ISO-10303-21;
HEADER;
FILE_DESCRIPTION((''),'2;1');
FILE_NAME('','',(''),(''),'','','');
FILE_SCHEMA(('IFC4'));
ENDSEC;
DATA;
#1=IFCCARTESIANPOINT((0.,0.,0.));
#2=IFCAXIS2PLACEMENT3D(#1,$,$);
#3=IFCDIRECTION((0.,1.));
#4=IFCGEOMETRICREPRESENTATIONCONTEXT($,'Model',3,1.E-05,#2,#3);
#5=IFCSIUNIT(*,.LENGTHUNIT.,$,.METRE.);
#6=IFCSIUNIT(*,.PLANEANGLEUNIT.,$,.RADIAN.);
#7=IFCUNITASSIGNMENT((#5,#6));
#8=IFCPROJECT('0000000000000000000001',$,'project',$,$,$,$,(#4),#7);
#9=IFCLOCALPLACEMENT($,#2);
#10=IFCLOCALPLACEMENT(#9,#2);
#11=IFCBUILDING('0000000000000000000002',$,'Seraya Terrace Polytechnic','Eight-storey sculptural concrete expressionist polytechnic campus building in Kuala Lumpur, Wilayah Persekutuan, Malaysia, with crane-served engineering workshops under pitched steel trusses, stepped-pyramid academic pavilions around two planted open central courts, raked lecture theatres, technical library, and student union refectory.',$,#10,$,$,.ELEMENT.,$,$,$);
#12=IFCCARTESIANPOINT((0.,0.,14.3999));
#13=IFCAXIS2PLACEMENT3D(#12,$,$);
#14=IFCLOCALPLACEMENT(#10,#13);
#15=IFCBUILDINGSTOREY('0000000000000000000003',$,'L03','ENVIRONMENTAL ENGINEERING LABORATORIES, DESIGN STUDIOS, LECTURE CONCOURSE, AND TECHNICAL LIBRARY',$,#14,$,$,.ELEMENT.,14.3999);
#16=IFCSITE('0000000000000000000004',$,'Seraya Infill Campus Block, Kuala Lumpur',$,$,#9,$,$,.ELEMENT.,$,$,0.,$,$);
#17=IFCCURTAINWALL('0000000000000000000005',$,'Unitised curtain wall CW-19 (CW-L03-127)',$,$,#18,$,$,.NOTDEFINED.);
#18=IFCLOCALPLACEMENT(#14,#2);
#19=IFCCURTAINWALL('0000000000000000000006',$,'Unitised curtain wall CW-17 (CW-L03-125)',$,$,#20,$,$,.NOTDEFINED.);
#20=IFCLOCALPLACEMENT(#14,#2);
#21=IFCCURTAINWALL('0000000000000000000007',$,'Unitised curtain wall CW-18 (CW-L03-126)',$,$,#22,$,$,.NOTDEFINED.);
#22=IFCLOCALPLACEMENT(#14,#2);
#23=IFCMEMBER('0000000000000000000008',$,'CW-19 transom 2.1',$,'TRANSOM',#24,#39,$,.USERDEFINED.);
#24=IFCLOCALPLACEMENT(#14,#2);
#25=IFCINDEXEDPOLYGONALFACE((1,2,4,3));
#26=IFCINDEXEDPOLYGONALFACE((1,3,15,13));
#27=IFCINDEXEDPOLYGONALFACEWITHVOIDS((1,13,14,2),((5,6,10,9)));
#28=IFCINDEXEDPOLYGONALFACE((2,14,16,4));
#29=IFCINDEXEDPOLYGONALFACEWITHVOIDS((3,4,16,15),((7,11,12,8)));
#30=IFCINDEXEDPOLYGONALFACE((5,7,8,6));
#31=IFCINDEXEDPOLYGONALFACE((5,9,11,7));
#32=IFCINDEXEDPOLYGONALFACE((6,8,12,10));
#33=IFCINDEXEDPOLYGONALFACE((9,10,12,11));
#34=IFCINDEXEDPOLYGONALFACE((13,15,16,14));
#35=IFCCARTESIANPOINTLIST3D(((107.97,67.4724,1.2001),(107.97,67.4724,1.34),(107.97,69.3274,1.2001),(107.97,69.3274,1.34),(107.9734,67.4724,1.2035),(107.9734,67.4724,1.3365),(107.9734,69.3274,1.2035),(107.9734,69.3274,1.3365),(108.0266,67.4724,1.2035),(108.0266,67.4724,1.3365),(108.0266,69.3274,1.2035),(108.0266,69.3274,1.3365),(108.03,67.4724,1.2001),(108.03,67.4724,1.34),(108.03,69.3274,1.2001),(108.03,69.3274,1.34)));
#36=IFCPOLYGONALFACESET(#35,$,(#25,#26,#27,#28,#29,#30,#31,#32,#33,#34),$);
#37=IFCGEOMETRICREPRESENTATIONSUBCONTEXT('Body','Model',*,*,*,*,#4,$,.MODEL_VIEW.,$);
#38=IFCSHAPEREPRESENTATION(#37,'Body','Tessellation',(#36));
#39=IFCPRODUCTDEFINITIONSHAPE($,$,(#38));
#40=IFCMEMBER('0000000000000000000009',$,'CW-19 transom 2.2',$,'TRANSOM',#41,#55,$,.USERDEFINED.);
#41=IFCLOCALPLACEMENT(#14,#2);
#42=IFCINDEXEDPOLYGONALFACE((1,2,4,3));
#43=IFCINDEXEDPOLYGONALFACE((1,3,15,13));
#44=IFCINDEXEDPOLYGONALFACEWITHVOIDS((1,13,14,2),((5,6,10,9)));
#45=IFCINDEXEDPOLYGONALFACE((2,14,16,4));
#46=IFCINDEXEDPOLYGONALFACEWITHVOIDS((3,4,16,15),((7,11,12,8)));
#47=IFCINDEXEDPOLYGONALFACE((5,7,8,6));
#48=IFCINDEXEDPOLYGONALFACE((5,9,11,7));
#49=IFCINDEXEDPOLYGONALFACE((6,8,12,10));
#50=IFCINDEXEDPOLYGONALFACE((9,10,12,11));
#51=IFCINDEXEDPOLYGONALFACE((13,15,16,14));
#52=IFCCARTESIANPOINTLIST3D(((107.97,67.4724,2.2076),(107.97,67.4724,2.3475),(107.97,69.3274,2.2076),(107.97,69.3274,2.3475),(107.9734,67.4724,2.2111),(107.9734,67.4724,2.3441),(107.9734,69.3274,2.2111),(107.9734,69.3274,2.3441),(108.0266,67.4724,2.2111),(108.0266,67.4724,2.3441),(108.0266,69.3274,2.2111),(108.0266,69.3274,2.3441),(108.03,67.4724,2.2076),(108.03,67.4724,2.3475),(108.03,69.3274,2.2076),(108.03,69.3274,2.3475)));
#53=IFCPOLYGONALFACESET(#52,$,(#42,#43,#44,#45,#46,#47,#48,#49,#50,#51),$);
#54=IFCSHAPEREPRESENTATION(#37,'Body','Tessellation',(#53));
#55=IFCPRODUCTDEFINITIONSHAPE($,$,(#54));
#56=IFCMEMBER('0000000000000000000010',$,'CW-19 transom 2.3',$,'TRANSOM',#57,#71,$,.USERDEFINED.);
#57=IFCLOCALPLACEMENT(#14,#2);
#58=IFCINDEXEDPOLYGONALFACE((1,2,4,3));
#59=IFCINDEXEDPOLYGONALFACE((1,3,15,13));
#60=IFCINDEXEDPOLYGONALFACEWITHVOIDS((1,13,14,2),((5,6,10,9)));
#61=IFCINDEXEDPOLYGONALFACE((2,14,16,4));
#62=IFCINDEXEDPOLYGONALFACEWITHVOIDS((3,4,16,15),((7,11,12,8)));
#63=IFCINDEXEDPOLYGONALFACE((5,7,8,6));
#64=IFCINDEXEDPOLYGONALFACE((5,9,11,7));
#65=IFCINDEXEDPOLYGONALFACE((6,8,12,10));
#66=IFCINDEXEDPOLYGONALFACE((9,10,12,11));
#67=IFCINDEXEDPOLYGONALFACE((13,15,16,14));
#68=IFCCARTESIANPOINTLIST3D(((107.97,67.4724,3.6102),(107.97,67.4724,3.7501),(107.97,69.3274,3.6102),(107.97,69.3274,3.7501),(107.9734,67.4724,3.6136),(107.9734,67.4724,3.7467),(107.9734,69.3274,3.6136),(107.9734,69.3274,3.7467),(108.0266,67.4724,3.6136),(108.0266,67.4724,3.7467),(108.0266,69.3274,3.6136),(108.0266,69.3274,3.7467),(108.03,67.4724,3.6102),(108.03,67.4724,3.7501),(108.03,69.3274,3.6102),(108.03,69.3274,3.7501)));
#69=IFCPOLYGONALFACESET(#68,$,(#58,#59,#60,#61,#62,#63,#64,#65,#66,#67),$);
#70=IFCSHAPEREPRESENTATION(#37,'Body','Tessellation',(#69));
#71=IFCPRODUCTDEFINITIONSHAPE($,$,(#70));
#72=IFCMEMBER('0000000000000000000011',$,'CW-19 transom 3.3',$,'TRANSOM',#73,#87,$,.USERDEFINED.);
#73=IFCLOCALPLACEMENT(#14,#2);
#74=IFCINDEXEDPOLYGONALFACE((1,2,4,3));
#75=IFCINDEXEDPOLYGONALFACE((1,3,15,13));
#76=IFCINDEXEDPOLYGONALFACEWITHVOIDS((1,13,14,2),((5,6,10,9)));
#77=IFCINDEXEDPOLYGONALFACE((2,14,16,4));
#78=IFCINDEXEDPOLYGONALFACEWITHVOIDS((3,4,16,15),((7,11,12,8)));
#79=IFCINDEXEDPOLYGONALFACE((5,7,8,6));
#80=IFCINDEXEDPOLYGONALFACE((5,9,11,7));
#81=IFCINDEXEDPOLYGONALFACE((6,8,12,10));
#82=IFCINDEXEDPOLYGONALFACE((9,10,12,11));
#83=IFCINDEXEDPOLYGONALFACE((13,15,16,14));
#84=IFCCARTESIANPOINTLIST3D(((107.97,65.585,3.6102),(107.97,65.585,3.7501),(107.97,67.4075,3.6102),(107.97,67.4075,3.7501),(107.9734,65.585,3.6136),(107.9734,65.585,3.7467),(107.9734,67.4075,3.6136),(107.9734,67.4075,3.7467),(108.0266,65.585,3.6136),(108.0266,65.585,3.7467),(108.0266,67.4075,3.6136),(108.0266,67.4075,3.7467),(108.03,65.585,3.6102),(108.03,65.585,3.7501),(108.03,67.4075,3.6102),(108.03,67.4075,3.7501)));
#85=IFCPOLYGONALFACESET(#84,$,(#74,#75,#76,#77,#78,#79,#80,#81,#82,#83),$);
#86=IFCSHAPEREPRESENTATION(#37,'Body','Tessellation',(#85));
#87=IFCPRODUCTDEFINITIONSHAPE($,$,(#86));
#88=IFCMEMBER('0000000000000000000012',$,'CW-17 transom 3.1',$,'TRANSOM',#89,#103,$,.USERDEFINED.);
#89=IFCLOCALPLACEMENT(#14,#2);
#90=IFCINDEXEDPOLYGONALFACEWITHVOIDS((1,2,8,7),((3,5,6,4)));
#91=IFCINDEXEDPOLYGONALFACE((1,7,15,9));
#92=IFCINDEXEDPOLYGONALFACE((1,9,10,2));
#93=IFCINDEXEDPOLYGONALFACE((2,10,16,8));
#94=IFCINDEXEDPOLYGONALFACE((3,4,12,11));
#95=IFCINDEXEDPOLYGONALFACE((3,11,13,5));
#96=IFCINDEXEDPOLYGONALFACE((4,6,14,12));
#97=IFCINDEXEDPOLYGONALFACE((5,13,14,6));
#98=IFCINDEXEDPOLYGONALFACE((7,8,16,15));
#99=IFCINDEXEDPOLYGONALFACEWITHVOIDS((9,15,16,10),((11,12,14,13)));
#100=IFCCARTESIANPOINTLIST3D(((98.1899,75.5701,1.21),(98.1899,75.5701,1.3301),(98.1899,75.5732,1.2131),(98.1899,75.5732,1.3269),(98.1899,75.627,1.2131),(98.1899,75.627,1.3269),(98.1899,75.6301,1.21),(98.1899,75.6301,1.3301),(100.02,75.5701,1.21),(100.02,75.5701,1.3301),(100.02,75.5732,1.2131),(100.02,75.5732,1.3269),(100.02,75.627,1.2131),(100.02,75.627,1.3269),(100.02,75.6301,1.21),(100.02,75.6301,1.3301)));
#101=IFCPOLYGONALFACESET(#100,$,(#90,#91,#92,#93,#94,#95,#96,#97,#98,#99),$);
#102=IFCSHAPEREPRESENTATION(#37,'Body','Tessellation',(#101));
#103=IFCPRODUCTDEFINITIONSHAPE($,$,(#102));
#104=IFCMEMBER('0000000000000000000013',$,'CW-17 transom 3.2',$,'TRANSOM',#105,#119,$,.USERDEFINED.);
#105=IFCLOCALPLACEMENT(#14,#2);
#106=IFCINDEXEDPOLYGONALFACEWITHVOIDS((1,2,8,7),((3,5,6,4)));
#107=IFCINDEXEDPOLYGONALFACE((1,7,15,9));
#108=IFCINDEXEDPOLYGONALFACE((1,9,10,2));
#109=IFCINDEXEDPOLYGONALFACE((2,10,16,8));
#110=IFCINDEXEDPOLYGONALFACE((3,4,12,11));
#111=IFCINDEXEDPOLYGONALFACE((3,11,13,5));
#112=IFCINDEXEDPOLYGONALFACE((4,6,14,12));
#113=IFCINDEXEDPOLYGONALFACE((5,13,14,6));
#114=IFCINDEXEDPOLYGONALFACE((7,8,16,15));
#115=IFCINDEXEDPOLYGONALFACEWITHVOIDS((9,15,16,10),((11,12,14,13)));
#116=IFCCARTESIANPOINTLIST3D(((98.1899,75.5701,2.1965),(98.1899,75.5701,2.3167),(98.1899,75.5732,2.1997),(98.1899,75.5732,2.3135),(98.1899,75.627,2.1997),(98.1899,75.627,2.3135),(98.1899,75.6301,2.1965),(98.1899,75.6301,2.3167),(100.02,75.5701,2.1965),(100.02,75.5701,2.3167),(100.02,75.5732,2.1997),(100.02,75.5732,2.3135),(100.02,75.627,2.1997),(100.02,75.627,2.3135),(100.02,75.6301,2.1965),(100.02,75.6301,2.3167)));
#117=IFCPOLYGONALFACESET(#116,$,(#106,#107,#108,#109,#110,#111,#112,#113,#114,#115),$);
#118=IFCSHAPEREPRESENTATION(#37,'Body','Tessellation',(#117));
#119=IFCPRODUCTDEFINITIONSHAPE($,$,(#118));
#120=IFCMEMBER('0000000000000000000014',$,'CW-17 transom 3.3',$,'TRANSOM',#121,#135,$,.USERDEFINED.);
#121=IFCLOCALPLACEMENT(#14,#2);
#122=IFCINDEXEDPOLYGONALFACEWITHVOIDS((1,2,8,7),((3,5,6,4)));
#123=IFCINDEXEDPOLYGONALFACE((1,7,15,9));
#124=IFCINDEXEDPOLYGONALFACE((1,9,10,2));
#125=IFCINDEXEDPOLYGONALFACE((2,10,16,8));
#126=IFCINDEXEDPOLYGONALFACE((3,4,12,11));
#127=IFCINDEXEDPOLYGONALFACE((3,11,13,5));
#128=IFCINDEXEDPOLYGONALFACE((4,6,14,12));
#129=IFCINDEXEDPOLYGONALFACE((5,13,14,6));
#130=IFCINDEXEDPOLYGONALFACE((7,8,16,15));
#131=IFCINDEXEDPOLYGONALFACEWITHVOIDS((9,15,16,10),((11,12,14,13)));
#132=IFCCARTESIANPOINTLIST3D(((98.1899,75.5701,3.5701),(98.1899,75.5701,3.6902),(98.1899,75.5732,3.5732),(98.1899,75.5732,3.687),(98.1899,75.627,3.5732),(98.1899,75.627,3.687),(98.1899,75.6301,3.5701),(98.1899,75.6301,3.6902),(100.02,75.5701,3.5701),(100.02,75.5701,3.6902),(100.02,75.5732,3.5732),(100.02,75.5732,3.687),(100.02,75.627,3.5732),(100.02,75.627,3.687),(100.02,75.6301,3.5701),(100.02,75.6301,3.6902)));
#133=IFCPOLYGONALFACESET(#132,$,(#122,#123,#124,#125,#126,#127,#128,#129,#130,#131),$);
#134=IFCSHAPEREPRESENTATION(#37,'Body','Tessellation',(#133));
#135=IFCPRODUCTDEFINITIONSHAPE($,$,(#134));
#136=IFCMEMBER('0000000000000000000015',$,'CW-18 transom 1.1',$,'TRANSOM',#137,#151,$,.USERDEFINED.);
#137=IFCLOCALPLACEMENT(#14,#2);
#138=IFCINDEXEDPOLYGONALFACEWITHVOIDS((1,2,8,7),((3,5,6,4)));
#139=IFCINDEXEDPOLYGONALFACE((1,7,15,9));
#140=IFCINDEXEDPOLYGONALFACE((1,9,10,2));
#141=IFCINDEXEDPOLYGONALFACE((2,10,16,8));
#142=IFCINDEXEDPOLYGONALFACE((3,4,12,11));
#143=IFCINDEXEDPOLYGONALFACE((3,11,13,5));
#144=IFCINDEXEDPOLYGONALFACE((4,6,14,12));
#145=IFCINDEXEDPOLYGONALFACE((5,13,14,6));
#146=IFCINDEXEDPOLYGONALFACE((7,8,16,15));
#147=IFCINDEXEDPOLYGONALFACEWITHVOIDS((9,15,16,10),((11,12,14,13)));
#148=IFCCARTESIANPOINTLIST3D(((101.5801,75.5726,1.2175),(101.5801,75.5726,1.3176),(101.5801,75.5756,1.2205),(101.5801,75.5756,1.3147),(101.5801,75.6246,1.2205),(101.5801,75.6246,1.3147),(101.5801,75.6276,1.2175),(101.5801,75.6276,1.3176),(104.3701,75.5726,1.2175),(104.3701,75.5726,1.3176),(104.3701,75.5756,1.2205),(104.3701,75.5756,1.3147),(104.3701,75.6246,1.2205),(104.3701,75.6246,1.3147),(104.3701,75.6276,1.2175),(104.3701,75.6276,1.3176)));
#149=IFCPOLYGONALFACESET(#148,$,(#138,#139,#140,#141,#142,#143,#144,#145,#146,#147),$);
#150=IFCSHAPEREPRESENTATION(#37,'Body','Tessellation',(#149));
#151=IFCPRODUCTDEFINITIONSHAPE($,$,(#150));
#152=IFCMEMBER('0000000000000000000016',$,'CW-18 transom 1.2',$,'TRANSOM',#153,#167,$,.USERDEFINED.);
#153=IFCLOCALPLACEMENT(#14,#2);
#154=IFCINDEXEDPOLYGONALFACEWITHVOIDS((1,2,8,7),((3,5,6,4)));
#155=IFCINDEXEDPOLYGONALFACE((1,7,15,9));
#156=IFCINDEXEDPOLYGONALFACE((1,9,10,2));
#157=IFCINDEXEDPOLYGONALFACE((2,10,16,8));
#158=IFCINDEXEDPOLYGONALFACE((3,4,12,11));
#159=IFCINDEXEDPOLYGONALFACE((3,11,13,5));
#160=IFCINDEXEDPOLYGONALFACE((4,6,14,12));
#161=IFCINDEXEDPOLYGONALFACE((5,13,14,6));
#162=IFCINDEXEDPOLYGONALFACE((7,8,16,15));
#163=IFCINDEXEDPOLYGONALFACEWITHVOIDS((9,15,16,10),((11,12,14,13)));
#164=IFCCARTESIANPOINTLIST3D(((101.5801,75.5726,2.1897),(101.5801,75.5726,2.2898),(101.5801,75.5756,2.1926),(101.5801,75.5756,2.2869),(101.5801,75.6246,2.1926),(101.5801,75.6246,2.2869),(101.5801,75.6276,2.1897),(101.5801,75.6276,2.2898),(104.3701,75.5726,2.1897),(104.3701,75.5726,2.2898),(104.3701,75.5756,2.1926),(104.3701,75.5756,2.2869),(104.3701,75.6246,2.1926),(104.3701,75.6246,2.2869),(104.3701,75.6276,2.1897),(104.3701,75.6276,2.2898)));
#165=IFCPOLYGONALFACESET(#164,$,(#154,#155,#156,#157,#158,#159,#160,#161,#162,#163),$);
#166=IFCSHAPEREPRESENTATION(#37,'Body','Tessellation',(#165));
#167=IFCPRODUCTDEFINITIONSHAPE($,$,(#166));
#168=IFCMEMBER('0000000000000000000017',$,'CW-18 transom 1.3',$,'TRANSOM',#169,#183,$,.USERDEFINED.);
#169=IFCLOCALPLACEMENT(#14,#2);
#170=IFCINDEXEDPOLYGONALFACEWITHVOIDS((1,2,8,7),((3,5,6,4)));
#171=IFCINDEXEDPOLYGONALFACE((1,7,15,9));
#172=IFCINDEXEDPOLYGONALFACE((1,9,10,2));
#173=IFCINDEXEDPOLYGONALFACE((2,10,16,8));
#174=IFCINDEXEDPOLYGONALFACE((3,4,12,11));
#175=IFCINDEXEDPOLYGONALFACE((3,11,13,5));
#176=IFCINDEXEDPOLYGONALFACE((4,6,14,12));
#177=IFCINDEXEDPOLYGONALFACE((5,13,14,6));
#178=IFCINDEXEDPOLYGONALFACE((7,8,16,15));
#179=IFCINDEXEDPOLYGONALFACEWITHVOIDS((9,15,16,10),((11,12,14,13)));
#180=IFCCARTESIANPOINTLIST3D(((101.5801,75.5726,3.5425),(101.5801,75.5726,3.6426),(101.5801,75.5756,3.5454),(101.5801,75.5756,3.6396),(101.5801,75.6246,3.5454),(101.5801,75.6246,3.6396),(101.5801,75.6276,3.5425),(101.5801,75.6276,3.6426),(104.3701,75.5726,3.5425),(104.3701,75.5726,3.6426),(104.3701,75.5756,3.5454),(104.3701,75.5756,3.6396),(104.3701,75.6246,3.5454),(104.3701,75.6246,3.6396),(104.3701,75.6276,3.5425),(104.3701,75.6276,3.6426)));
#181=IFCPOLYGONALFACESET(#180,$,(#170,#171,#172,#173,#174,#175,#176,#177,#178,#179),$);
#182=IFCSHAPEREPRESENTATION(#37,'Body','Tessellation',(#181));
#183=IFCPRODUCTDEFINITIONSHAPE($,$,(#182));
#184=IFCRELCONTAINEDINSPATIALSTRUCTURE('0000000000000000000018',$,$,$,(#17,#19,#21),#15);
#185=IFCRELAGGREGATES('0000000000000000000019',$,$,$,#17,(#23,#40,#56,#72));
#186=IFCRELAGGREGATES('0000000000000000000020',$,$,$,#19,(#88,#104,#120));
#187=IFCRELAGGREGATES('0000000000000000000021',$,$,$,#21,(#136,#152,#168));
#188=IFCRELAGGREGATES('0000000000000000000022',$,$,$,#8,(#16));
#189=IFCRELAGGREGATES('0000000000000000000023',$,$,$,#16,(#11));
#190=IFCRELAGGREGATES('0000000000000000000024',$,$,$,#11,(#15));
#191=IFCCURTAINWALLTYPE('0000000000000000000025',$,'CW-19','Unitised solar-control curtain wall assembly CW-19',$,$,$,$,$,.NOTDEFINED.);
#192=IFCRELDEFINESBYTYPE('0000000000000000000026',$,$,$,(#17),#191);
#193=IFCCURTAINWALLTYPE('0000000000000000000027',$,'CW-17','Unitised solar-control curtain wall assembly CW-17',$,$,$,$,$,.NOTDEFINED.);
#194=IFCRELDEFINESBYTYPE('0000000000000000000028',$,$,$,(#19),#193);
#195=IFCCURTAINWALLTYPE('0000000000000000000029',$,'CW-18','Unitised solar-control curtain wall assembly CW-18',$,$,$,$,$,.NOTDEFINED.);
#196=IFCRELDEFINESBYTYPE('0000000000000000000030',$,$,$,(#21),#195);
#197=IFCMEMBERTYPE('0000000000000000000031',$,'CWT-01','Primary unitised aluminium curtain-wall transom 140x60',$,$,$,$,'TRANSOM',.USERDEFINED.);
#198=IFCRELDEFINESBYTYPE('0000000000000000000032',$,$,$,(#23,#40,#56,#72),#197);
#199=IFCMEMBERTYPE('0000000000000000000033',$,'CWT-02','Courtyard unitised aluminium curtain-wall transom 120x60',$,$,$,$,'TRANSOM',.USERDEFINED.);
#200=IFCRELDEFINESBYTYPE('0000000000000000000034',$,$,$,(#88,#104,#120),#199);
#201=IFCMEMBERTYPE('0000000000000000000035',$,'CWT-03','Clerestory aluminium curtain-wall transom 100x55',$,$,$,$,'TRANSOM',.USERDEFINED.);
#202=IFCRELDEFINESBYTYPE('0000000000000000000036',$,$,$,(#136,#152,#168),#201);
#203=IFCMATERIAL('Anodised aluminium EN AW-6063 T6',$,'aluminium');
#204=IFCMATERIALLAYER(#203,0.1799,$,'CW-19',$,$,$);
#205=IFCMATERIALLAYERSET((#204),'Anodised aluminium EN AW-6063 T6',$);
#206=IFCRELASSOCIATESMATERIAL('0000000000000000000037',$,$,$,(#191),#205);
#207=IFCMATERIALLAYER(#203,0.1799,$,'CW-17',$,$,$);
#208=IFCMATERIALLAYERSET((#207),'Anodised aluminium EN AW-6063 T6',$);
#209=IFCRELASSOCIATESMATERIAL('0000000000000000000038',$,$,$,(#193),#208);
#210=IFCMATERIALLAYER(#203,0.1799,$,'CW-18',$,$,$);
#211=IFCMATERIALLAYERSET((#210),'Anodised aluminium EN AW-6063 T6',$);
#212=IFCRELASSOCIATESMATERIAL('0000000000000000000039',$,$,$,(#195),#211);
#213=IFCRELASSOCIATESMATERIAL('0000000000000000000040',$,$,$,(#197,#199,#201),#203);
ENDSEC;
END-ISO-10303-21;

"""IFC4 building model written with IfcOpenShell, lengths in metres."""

from ifc_helpers import new_model, si_unit, direction, frame, origin, origin_2d, place, context, subcontext, project, spatial, hollow_rectangle, extrude, material, layer, layer_set, material_profile, profile_set, type_object, element, aggregate, save


model = new_model("IFC4")

# Units and contexts
model_context = context("Model", 3, precision=1e-05, world=origin(), true_north=direction((0.0, 1.0)))
body_context = subcontext(model_context, "Body", "Model", "MODEL_VIEW")
ifc_project = project(units=[si_unit("LENGTHUNIT", "METRE"), si_unit("PLANEANGLEUNIT", "RADIAN")], contexts=[model_context])

# Site, building, storey
site_placement = place(None, origin())
site = spatial("IfcSite", under=ifc_project, at=site_placement, Name="Seraya Infill Campus Block, Kuala Lumpur", CompositionType="ELEMENT", RefElevation=0.0)
building_placement = place(site_placement, origin())
building = spatial("IfcBuilding", under=site, at=building_placement, Name="Seraya Terrace Polytechnic", Description="Eight-storey sculptural concrete expressionist polytechnic campus building in Kuala Lumpur, Wilayah Persekutuan, Malaysia, with crane-served engineering workshops under pitched steel trusses, stepped-pyramid academic pavilions around two planted open central courts, raked lecture theatres, technical library, and student union refectory.", CompositionType="ELEMENT")
storey_placement = place(building_placement, frame((0.0, 0.0, 14.3999)))
storey = spatial("IfcBuildingStorey", under=building, at=storey_placement, Name="L03", Description="ENVIRONMENTAL ENGINEERING LABORATORIES, DESIGN STUDIOS, LECTURE CONCOURSE, AND TECHNICAL LIBRARY", CompositionType="ELEMENT", Elevation=14.3999)

# Curtain wall
ifc_material_1 = material(Name="Anodised aluminium EN AW-6063 T6", Category="aluminium")
ifc_layer_1 = layer(ifc_material_1, 0.1799, Name="CW-19")
ifc_layer_set_1 = layer_set([ifc_layer_1], Name="Anodised aluminium EN AW-6063 T6")
curtain_wall_type_1 = type_object("IfcCurtainWallType", Name="CW-19", Description="Unitised solar-control curtain wall assembly CW-19", PredefinedType="NOTDEFINED", material=ifc_layer_set_1)
curtain_wall_1_placement = place(storey_placement, origin())
curtain_wall_1 = element("IfcCurtainWall", 1, at=curtain_wall_1_placement, inside=storey, type_object=curtain_wall_type_1, Name="Unitised curtain wall CW-19 (CW-L03-127)", PredefinedType="NOTDEFINED")

# Curtain wall
ifc_layer_2 = layer(ifc_material_1, 0.1799, Name="CW-17")
ifc_layer_set_2 = layer_set([ifc_layer_2], Name="Anodised aluminium EN AW-6063 T6")
curtain_wall_type_2 = type_object("IfcCurtainWallType", Name="CW-17", Description="Unitised solar-control curtain wall assembly CW-17", PredefinedType="NOTDEFINED", material=ifc_layer_set_2)
curtain_wall_2_placement = place(storey_placement, origin())
curtain_wall_2 = element("IfcCurtainWall", 2, at=curtain_wall_2_placement, inside=storey, type_object=curtain_wall_type_2, Name="Unitised curtain wall CW-17 (CW-L03-125)", PredefinedType="NOTDEFINED")

# Curtain wall
ifc_layer_3 = layer(ifc_material_1, 0.1799, Name="CW-18")
ifc_layer_set_3 = layer_set([ifc_layer_3], Name="Anodised aluminium EN AW-6063 T6")
curtain_wall_type_3 = type_object("IfcCurtainWallType", Name="CW-18", Description="Unitised solar-control curtain wall assembly CW-18", PredefinedType="NOTDEFINED", material=ifc_layer_set_3)
curtain_wall_3_placement = place(storey_placement, origin())
curtain_wall_3 = element("IfcCurtainWall", 3, at=curtain_wall_3_placement, inside=storey, type_object=curtain_wall_type_3, Name="Unitised curtain wall CW-18 (CW-L03-126)", PredefinedType="NOTDEFINED")

# Members
ifc_material_profile_1 = material_profile(ifc_material_1, hollow_rectangle(XDim=0.0601, YDim=0.1399, WallThickness=0.0034, at=origin_2d()), Name="RHS 140x60x3.5")
ifc_profile_set_1 = profile_set([ifc_material_profile_1], Name="Anodised aluminium EN AW-6063 T6")
member_type_1 = type_object("IfcMemberType", Name="CWT-01", Description="Primary unitised aluminium curtain-wall transom 140x60", ElementType="TRANSOM", PredefinedType="USERDEFINED", material=ifc_profile_set_1)
member_1_placement = place(storey_placement, frame((108.0, 69.3274, 1.27), z_axis=(0.0, -1.0, 0.0), x_axis=(1.0, 0.0, 0.0)))
member_1 = element("IfcMember", 4, at=member_1_placement, type_object=member_type_1, Name="CW-19 transom 2.1", ObjectType="TRANSOM", PredefinedType="USERDEFINED", context=body_context, shape_type="SweptSolid", body=[
    extrude(hollow_rectangle(XDim=0.0601, YDim=0.1399, WallThickness=0.0034, at=origin_2d()), origin(), (0.0, 0.0, 1.0), 1.855),
])
member_2_placement = place(storey_placement, frame((108.0, 69.3274, 2.2776), z_axis=(0.0, -1.0, 0.0), x_axis=(1.0, 0.0, 0.0)))
member_2 = element("IfcMember", 5, at=member_2_placement, type_object=member_type_1, Name="CW-19 transom 2.2", ObjectType="TRANSOM", PredefinedType="USERDEFINED", context=body_context, shape_type="SweptSolid", body=[
    extrude(hollow_rectangle(XDim=0.0601, YDim=0.1399, WallThickness=0.0034, at=origin_2d()), origin(), (0.0, 0.0, 1.0), 1.855),
])
member_3_placement = place(storey_placement, frame((108.0, 69.3274, 3.6802), z_axis=(0.0, -1.0, 0.0), x_axis=(1.0, 0.0, 0.0)))
member_3 = element("IfcMember", 6, at=member_3_placement, type_object=member_type_1, Name="CW-19 transom 2.3", ObjectType="TRANSOM", PredefinedType="USERDEFINED", context=body_context, shape_type="SweptSolid", body=[
    extrude(hollow_rectangle(XDim=0.0601, YDim=0.1399, WallThickness=0.0034, at=origin_2d()), origin(), (0.0, 0.0, 1.0), 1.855),
])
member_4_placement = place(storey_placement, frame((108.0, 67.4075, 3.6802), z_axis=(0.0, -1.0, 0.0), x_axis=(1.0, 0.0, 0.0)))
member_4 = element("IfcMember", 7, at=member_4_placement, type_object=member_type_1, Name="CW-19 transom 3.3", ObjectType="TRANSOM", PredefinedType="USERDEFINED", context=body_context, shape_type="SweptSolid", body=[
    extrude(hollow_rectangle(XDim=0.0601, YDim=0.1399, WallThickness=0.0034, at=origin_2d()), origin(), (0.0, 0.0, 1.0), 1.8225),
])
ifc_material_profile_2 = material_profile(ifc_material_1, hollow_rectangle(XDim=0.0601, YDim=0.1201, WallThickness=0.0032, at=origin_2d()), Name="RHS 120x60x3.2")
ifc_profile_set_2 = profile_set([ifc_material_profile_2], Name="Anodised aluminium EN AW-6063 T6")
member_type_2 = type_object("IfcMemberType", Name="CWT-02", Description="Courtyard unitised aluminium curtain-wall transom 120x60", ElementType="TRANSOM", PredefinedType="USERDEFINED", material=ifc_profile_set_2)
member_5_placement = place(storey_placement, frame((98.1899, 75.6001, 1.27), z_axis=(1.0, 0.0, 0.0), x_axis=(0.0, 1.0, 0.0)))
member_5 = element("IfcMember", 8, at=member_5_placement, type_object=member_type_2, Name="CW-17 transom 3.1", ObjectType="TRANSOM", PredefinedType="USERDEFINED", context=body_context, shape_type="SweptSolid", body=[
    extrude(hollow_rectangle(XDim=0.0601, YDim=0.1201, WallThickness=0.0032, at=origin_2d()), origin(), (0.0, 0.0, 1.0), 1.8301),
])
member_6_placement = place(storey_placement, frame((98.1899, 75.6001, 2.2566), z_axis=(1.0, 0.0, 0.0), x_axis=(0.0, 1.0, 0.0)))
member_6 = element("IfcMember", 9, at=member_6_placement, type_object=member_type_2, Name="CW-17 transom 3.2", ObjectType="TRANSOM", PredefinedType="USERDEFINED", context=body_context, shape_type="SweptSolid", body=[
    extrude(hollow_rectangle(XDim=0.0601, YDim=0.1201, WallThickness=0.0032, at=origin_2d()), origin(), (0.0, 0.0, 1.0), 1.8301),
])
member_7_placement = place(storey_placement, frame((98.1899, 75.6001, 3.6301), z_axis=(1.0, 0.0, 0.0), x_axis=(0.0, 1.0, 0.0)))
member_7 = element("IfcMember", 10, at=member_7_placement, type_object=member_type_2, Name="CW-17 transom 3.3", ObjectType="TRANSOM", PredefinedType="USERDEFINED", context=body_context, shape_type="SweptSolid", body=[
    extrude(hollow_rectangle(XDim=0.0601, YDim=0.1201, WallThickness=0.0032, at=origin_2d()), origin(), (0.0, 0.0, 1.0), 1.8301),
])
ifc_material_profile_3 = material_profile(ifc_material_1, hollow_rectangle(XDim=0.0549, YDim=0.1001, WallThickness=0.0029, at=origin_2d()), Name="RHS 100x55x3.0")
ifc_profile_set_3 = profile_set([ifc_material_profile_3], Name="Anodised aluminium EN AW-6063 T6")
member_type_3 = type_object("IfcMemberType", Name="CWT-03", Description="Clerestory aluminium curtain-wall transom 100x55", ElementType="TRANSOM", PredefinedType="USERDEFINED", material=ifc_profile_set_3)
member_8_placement = place(storey_placement, frame((101.5801, 75.6001, 1.2676), z_axis=(1.0, 0.0, 0.0), x_axis=(0.0, 1.0, 0.0)))
member_8 = element("IfcMember", 11, at=member_8_placement, type_object=member_type_3, Name="CW-18 transom 1.1", ObjectType="TRANSOM", PredefinedType="USERDEFINED", context=body_context, shape_type="SweptSolid", body=[
    extrude(hollow_rectangle(XDim=0.0549, YDim=0.1001, WallThickness=0.0029, at=origin_2d()), origin(), (0.0, 0.0, 1.0), 2.79),
])
member_9_placement = place(storey_placement, frame((101.5801, 75.6001, 2.2397), z_axis=(1.0, 0.0, 0.0), x_axis=(0.0, 1.0, 0.0)))
member_9 = element("IfcMember", 12, at=member_9_placement, type_object=member_type_3, Name="CW-18 transom 1.2", ObjectType="TRANSOM", PredefinedType="USERDEFINED", context=body_context, shape_type="SweptSolid", body=[
    extrude(hollow_rectangle(XDim=0.0549, YDim=0.1001, WallThickness=0.0029, at=origin_2d()), origin(), (0.0, 0.0, 1.0), 2.79),
])
member_10_placement = place(storey_placement, frame((101.5801, 75.6001, 3.5925), z_axis=(1.0, 0.0, 0.0), x_axis=(0.0, 1.0, 0.0)))
member_10 = element("IfcMember", 13, at=member_10_placement, type_object=member_type_3, Name="CW-18 transom 1.3", ObjectType="TRANSOM", PredefinedType="USERDEFINED", context=body_context, shape_type="SweptSolid", body=[
    extrude(hollow_rectangle(XDim=0.0549, YDim=0.1001, WallThickness=0.0029, at=origin_2d()), origin(), (0.0, 0.0, 1.0), 2.79),
])

aggregate(curtain_wall_1, [member_1, member_2, member_3, member_4])
aggregate(curtain_wall_2, [member_5, member_6, member_7])
aggregate(curtain_wall_3, [member_8, member_9, member_10])

save(model, "model.ifc")
